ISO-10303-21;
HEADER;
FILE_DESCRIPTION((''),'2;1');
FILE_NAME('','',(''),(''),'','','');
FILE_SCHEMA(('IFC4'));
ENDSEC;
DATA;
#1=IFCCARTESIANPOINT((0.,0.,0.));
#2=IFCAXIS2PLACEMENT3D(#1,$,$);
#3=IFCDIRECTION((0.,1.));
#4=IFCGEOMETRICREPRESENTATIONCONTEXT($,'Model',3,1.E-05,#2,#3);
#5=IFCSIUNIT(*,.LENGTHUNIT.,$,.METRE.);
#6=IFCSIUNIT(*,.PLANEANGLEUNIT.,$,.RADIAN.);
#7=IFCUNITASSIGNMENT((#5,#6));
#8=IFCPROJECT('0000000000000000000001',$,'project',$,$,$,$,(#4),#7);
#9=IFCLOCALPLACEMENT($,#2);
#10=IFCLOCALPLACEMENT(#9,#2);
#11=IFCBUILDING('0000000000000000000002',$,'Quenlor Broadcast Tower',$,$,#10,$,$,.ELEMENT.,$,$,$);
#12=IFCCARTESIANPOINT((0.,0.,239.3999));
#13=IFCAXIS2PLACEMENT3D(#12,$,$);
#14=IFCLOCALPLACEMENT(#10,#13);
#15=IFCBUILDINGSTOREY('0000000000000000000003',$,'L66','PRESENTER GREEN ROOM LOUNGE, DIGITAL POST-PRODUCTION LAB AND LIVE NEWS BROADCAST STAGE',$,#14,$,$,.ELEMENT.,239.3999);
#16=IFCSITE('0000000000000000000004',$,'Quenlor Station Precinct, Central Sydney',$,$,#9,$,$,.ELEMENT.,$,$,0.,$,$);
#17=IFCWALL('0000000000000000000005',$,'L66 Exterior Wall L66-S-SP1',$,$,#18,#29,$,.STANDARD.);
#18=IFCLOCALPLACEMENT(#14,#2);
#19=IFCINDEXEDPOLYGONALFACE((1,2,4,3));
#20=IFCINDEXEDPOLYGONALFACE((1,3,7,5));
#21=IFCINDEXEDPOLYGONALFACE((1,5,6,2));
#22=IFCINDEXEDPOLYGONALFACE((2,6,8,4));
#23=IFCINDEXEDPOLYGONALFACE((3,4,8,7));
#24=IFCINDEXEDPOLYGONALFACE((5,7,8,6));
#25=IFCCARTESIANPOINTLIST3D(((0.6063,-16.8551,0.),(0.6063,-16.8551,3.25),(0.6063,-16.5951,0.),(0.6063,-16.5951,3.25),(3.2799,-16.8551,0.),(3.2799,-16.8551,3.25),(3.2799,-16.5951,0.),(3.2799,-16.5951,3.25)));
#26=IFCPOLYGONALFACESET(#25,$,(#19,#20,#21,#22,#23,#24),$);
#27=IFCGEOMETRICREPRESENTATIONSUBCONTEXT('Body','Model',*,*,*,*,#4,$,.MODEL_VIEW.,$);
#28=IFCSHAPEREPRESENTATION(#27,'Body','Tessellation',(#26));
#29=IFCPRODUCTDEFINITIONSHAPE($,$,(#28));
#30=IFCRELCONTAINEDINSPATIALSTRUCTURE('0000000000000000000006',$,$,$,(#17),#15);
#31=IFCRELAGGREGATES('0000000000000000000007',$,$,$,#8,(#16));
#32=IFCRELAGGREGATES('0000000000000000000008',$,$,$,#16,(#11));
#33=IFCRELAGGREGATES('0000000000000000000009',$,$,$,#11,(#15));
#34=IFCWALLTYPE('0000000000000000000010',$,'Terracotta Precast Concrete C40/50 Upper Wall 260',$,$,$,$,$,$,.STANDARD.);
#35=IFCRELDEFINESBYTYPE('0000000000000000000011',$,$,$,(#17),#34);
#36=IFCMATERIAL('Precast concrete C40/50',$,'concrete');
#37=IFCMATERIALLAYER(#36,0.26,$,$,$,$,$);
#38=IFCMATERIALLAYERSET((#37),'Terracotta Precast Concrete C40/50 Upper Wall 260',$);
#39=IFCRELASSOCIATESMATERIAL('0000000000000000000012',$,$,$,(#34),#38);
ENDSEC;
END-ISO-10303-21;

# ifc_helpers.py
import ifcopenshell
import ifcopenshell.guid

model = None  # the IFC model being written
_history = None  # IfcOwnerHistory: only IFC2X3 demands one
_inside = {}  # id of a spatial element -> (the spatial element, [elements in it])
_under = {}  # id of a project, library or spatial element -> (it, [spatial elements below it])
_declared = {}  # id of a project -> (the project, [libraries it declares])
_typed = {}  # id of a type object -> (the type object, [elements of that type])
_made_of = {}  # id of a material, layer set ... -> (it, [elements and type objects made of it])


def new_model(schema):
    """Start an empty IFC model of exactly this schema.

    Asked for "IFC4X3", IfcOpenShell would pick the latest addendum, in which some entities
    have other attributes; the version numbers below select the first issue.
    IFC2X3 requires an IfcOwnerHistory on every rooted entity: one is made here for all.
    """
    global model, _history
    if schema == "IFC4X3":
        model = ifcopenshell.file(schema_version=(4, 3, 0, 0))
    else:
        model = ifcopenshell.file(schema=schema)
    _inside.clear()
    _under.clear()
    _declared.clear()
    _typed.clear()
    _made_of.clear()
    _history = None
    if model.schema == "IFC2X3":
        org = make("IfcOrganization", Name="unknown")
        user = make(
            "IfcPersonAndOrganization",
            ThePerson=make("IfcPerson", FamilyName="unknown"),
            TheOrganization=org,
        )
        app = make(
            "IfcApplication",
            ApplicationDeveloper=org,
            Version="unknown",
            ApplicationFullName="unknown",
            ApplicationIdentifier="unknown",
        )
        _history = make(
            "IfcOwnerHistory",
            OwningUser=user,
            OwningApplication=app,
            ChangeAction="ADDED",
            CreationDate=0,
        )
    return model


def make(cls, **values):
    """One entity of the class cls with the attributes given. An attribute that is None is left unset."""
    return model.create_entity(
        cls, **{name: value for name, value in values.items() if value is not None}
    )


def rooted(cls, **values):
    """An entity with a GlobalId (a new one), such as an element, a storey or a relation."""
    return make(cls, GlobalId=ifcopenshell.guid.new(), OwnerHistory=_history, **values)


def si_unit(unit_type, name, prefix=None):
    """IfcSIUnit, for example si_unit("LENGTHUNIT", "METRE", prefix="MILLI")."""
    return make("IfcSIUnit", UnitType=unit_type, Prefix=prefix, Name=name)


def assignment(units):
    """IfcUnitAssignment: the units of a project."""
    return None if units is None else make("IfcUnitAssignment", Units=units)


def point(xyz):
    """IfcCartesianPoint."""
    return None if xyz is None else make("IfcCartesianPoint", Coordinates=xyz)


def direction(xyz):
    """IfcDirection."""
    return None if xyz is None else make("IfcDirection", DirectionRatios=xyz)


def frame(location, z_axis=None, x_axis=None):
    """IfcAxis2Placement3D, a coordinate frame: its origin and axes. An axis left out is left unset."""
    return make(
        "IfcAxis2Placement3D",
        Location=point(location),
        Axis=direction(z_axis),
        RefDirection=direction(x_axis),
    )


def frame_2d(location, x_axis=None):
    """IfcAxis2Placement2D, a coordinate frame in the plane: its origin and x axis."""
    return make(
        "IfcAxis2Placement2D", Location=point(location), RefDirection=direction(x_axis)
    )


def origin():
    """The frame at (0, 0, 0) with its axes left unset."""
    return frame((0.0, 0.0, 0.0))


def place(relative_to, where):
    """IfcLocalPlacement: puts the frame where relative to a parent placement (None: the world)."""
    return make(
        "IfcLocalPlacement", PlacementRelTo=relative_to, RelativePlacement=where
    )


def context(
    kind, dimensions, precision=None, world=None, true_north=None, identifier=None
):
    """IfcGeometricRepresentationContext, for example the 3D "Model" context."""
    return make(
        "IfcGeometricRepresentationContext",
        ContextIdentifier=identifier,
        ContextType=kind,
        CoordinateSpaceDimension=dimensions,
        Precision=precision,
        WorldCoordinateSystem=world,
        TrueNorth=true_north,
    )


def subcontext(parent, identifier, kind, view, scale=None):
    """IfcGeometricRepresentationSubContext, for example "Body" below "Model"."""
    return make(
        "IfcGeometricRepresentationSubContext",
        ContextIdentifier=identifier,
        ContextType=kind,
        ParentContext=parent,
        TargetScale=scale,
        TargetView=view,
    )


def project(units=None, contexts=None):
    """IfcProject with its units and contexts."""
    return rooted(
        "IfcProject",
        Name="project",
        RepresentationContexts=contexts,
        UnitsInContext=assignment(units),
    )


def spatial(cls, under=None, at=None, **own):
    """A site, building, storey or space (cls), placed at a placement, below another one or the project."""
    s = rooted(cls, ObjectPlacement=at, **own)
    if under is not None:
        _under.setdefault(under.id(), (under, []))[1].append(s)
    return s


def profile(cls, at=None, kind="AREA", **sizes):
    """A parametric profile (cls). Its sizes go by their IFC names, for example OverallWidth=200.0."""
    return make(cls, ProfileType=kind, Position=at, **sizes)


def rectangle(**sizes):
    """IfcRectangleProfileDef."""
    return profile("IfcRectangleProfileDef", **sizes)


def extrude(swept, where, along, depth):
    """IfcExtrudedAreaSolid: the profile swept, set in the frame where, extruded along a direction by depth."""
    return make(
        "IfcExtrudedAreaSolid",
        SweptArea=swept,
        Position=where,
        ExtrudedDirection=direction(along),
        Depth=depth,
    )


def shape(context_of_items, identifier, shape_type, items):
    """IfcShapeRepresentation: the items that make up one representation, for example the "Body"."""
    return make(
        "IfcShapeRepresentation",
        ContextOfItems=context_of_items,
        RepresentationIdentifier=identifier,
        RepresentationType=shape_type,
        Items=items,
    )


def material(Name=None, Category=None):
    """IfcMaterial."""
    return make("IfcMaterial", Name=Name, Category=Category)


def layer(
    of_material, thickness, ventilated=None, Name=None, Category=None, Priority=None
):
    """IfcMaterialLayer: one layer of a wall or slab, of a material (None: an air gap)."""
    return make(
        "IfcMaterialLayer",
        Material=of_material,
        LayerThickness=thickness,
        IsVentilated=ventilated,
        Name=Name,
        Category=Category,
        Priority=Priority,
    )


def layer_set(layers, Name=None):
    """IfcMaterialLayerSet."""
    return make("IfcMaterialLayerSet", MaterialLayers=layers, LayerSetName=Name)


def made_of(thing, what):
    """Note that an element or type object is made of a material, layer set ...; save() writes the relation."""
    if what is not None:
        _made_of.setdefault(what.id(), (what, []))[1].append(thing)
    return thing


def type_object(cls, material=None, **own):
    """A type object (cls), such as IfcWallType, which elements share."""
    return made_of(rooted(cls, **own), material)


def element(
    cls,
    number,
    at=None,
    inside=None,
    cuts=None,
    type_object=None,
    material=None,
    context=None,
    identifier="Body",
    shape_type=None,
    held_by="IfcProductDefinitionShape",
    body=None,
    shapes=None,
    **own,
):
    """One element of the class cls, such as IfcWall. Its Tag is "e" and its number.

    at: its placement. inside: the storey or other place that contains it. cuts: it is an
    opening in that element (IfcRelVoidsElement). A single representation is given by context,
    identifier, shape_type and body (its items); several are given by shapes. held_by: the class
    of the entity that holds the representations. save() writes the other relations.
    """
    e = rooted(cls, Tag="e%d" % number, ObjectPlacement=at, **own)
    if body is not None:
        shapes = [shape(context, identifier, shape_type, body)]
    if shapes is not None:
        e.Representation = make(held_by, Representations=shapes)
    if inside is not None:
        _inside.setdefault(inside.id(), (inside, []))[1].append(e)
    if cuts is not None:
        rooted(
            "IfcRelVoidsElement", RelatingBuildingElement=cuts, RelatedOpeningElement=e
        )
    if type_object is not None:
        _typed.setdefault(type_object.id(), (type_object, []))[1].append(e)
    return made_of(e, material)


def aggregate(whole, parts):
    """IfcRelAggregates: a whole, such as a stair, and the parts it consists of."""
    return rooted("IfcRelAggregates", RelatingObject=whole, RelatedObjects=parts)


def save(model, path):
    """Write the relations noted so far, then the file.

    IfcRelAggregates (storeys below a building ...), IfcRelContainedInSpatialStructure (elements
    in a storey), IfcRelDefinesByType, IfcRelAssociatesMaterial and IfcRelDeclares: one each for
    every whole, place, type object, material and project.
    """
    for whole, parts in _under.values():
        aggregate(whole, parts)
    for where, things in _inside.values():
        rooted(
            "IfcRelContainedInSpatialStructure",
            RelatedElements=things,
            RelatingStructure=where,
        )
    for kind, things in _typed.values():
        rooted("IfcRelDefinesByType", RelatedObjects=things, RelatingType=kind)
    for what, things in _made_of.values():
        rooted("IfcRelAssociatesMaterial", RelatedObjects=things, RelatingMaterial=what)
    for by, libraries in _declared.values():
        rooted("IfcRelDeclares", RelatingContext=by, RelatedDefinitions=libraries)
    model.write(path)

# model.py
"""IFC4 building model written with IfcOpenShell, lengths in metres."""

from ifc_helpers import new_model, si_unit, direction, frame, frame_2d, origin, place, context, subcontext, project, spatial, rectangle, extrude, material, layer, layer_set, type_object, element, save


model = new_model("IFC4")

# Units and contexts
model_context = context("Model", 3, precision=1e-05, world=origin(), true_north=direction((0.0, 1.0)))
body_context = subcontext(model_context, "Body", "Model", "MODEL_VIEW")
ifc_project = project(units=[si_unit("LENGTHUNIT", "METRE"), si_unit("PLANEANGLEUNIT", "RADIAN")], contexts=[model_context])

# Site, building, storey
site_placement = place(None, origin())
site = spatial("IfcSite", under=ifc_project, at=site_placement, Name="Quenlor Station Precinct, Central Sydney", CompositionType="ELEMENT", RefElevation=0.0)
building_placement = place(site_placement, origin())
building = spatial("IfcBuilding", under=site, at=building_placement, Name="Quenlor Broadcast Tower", CompositionType="ELEMENT")
storey_placement = place(building_placement, frame((0.0, 0.0, 239.3999)))
storey = spatial("IfcBuildingStorey", under=building, at=storey_placement, Name="L66", Description="PRESENTER GREEN ROOM LOUNGE, DIGITAL POST-PRODUCTION LAB AND LIVE NEWS BROADCAST STAGE", CompositionType="ELEMENT", Elevation=239.3999)

# Wall
ifc_material_1 = material(Name="Precast concrete C40/50", Category="concrete")
ifc_layer_1 = layer(ifc_material_1, 0.26)
ifc_layer_set_1 = layer_set([ifc_layer_1], Name="Terracotta Precast Concrete C40/50 Upper Wall 260")
wall_type_1 = type_object("IfcWallType", Name="Terracotta Precast Concrete C40/50 Upper Wall 260", PredefinedType="STANDARD", material=ifc_layer_set_1)
wall_1_placement = place(storey_placement, frame((3.28, -16.7251, 0.0), z_axis=(0.0, 0.0, 1.0), x_axis=(-1.0, 0.0, 0.0)))
element("IfcWall", 1, at=wall_1_placement, inside=storey, type_object=wall_type_1, Name="L66 Exterior Wall L66-S-SP1", PredefinedType="STANDARD", context=body_context, shape_type="SweptSolid", body=[
    extrude(rectangle(XDim=2.6736, YDim=0.26, at=frame_2d((1.3369, 0.0))), origin(), (0.0, 0.0, 1.0), 3.25),
])

save(model, "model.ifc")
